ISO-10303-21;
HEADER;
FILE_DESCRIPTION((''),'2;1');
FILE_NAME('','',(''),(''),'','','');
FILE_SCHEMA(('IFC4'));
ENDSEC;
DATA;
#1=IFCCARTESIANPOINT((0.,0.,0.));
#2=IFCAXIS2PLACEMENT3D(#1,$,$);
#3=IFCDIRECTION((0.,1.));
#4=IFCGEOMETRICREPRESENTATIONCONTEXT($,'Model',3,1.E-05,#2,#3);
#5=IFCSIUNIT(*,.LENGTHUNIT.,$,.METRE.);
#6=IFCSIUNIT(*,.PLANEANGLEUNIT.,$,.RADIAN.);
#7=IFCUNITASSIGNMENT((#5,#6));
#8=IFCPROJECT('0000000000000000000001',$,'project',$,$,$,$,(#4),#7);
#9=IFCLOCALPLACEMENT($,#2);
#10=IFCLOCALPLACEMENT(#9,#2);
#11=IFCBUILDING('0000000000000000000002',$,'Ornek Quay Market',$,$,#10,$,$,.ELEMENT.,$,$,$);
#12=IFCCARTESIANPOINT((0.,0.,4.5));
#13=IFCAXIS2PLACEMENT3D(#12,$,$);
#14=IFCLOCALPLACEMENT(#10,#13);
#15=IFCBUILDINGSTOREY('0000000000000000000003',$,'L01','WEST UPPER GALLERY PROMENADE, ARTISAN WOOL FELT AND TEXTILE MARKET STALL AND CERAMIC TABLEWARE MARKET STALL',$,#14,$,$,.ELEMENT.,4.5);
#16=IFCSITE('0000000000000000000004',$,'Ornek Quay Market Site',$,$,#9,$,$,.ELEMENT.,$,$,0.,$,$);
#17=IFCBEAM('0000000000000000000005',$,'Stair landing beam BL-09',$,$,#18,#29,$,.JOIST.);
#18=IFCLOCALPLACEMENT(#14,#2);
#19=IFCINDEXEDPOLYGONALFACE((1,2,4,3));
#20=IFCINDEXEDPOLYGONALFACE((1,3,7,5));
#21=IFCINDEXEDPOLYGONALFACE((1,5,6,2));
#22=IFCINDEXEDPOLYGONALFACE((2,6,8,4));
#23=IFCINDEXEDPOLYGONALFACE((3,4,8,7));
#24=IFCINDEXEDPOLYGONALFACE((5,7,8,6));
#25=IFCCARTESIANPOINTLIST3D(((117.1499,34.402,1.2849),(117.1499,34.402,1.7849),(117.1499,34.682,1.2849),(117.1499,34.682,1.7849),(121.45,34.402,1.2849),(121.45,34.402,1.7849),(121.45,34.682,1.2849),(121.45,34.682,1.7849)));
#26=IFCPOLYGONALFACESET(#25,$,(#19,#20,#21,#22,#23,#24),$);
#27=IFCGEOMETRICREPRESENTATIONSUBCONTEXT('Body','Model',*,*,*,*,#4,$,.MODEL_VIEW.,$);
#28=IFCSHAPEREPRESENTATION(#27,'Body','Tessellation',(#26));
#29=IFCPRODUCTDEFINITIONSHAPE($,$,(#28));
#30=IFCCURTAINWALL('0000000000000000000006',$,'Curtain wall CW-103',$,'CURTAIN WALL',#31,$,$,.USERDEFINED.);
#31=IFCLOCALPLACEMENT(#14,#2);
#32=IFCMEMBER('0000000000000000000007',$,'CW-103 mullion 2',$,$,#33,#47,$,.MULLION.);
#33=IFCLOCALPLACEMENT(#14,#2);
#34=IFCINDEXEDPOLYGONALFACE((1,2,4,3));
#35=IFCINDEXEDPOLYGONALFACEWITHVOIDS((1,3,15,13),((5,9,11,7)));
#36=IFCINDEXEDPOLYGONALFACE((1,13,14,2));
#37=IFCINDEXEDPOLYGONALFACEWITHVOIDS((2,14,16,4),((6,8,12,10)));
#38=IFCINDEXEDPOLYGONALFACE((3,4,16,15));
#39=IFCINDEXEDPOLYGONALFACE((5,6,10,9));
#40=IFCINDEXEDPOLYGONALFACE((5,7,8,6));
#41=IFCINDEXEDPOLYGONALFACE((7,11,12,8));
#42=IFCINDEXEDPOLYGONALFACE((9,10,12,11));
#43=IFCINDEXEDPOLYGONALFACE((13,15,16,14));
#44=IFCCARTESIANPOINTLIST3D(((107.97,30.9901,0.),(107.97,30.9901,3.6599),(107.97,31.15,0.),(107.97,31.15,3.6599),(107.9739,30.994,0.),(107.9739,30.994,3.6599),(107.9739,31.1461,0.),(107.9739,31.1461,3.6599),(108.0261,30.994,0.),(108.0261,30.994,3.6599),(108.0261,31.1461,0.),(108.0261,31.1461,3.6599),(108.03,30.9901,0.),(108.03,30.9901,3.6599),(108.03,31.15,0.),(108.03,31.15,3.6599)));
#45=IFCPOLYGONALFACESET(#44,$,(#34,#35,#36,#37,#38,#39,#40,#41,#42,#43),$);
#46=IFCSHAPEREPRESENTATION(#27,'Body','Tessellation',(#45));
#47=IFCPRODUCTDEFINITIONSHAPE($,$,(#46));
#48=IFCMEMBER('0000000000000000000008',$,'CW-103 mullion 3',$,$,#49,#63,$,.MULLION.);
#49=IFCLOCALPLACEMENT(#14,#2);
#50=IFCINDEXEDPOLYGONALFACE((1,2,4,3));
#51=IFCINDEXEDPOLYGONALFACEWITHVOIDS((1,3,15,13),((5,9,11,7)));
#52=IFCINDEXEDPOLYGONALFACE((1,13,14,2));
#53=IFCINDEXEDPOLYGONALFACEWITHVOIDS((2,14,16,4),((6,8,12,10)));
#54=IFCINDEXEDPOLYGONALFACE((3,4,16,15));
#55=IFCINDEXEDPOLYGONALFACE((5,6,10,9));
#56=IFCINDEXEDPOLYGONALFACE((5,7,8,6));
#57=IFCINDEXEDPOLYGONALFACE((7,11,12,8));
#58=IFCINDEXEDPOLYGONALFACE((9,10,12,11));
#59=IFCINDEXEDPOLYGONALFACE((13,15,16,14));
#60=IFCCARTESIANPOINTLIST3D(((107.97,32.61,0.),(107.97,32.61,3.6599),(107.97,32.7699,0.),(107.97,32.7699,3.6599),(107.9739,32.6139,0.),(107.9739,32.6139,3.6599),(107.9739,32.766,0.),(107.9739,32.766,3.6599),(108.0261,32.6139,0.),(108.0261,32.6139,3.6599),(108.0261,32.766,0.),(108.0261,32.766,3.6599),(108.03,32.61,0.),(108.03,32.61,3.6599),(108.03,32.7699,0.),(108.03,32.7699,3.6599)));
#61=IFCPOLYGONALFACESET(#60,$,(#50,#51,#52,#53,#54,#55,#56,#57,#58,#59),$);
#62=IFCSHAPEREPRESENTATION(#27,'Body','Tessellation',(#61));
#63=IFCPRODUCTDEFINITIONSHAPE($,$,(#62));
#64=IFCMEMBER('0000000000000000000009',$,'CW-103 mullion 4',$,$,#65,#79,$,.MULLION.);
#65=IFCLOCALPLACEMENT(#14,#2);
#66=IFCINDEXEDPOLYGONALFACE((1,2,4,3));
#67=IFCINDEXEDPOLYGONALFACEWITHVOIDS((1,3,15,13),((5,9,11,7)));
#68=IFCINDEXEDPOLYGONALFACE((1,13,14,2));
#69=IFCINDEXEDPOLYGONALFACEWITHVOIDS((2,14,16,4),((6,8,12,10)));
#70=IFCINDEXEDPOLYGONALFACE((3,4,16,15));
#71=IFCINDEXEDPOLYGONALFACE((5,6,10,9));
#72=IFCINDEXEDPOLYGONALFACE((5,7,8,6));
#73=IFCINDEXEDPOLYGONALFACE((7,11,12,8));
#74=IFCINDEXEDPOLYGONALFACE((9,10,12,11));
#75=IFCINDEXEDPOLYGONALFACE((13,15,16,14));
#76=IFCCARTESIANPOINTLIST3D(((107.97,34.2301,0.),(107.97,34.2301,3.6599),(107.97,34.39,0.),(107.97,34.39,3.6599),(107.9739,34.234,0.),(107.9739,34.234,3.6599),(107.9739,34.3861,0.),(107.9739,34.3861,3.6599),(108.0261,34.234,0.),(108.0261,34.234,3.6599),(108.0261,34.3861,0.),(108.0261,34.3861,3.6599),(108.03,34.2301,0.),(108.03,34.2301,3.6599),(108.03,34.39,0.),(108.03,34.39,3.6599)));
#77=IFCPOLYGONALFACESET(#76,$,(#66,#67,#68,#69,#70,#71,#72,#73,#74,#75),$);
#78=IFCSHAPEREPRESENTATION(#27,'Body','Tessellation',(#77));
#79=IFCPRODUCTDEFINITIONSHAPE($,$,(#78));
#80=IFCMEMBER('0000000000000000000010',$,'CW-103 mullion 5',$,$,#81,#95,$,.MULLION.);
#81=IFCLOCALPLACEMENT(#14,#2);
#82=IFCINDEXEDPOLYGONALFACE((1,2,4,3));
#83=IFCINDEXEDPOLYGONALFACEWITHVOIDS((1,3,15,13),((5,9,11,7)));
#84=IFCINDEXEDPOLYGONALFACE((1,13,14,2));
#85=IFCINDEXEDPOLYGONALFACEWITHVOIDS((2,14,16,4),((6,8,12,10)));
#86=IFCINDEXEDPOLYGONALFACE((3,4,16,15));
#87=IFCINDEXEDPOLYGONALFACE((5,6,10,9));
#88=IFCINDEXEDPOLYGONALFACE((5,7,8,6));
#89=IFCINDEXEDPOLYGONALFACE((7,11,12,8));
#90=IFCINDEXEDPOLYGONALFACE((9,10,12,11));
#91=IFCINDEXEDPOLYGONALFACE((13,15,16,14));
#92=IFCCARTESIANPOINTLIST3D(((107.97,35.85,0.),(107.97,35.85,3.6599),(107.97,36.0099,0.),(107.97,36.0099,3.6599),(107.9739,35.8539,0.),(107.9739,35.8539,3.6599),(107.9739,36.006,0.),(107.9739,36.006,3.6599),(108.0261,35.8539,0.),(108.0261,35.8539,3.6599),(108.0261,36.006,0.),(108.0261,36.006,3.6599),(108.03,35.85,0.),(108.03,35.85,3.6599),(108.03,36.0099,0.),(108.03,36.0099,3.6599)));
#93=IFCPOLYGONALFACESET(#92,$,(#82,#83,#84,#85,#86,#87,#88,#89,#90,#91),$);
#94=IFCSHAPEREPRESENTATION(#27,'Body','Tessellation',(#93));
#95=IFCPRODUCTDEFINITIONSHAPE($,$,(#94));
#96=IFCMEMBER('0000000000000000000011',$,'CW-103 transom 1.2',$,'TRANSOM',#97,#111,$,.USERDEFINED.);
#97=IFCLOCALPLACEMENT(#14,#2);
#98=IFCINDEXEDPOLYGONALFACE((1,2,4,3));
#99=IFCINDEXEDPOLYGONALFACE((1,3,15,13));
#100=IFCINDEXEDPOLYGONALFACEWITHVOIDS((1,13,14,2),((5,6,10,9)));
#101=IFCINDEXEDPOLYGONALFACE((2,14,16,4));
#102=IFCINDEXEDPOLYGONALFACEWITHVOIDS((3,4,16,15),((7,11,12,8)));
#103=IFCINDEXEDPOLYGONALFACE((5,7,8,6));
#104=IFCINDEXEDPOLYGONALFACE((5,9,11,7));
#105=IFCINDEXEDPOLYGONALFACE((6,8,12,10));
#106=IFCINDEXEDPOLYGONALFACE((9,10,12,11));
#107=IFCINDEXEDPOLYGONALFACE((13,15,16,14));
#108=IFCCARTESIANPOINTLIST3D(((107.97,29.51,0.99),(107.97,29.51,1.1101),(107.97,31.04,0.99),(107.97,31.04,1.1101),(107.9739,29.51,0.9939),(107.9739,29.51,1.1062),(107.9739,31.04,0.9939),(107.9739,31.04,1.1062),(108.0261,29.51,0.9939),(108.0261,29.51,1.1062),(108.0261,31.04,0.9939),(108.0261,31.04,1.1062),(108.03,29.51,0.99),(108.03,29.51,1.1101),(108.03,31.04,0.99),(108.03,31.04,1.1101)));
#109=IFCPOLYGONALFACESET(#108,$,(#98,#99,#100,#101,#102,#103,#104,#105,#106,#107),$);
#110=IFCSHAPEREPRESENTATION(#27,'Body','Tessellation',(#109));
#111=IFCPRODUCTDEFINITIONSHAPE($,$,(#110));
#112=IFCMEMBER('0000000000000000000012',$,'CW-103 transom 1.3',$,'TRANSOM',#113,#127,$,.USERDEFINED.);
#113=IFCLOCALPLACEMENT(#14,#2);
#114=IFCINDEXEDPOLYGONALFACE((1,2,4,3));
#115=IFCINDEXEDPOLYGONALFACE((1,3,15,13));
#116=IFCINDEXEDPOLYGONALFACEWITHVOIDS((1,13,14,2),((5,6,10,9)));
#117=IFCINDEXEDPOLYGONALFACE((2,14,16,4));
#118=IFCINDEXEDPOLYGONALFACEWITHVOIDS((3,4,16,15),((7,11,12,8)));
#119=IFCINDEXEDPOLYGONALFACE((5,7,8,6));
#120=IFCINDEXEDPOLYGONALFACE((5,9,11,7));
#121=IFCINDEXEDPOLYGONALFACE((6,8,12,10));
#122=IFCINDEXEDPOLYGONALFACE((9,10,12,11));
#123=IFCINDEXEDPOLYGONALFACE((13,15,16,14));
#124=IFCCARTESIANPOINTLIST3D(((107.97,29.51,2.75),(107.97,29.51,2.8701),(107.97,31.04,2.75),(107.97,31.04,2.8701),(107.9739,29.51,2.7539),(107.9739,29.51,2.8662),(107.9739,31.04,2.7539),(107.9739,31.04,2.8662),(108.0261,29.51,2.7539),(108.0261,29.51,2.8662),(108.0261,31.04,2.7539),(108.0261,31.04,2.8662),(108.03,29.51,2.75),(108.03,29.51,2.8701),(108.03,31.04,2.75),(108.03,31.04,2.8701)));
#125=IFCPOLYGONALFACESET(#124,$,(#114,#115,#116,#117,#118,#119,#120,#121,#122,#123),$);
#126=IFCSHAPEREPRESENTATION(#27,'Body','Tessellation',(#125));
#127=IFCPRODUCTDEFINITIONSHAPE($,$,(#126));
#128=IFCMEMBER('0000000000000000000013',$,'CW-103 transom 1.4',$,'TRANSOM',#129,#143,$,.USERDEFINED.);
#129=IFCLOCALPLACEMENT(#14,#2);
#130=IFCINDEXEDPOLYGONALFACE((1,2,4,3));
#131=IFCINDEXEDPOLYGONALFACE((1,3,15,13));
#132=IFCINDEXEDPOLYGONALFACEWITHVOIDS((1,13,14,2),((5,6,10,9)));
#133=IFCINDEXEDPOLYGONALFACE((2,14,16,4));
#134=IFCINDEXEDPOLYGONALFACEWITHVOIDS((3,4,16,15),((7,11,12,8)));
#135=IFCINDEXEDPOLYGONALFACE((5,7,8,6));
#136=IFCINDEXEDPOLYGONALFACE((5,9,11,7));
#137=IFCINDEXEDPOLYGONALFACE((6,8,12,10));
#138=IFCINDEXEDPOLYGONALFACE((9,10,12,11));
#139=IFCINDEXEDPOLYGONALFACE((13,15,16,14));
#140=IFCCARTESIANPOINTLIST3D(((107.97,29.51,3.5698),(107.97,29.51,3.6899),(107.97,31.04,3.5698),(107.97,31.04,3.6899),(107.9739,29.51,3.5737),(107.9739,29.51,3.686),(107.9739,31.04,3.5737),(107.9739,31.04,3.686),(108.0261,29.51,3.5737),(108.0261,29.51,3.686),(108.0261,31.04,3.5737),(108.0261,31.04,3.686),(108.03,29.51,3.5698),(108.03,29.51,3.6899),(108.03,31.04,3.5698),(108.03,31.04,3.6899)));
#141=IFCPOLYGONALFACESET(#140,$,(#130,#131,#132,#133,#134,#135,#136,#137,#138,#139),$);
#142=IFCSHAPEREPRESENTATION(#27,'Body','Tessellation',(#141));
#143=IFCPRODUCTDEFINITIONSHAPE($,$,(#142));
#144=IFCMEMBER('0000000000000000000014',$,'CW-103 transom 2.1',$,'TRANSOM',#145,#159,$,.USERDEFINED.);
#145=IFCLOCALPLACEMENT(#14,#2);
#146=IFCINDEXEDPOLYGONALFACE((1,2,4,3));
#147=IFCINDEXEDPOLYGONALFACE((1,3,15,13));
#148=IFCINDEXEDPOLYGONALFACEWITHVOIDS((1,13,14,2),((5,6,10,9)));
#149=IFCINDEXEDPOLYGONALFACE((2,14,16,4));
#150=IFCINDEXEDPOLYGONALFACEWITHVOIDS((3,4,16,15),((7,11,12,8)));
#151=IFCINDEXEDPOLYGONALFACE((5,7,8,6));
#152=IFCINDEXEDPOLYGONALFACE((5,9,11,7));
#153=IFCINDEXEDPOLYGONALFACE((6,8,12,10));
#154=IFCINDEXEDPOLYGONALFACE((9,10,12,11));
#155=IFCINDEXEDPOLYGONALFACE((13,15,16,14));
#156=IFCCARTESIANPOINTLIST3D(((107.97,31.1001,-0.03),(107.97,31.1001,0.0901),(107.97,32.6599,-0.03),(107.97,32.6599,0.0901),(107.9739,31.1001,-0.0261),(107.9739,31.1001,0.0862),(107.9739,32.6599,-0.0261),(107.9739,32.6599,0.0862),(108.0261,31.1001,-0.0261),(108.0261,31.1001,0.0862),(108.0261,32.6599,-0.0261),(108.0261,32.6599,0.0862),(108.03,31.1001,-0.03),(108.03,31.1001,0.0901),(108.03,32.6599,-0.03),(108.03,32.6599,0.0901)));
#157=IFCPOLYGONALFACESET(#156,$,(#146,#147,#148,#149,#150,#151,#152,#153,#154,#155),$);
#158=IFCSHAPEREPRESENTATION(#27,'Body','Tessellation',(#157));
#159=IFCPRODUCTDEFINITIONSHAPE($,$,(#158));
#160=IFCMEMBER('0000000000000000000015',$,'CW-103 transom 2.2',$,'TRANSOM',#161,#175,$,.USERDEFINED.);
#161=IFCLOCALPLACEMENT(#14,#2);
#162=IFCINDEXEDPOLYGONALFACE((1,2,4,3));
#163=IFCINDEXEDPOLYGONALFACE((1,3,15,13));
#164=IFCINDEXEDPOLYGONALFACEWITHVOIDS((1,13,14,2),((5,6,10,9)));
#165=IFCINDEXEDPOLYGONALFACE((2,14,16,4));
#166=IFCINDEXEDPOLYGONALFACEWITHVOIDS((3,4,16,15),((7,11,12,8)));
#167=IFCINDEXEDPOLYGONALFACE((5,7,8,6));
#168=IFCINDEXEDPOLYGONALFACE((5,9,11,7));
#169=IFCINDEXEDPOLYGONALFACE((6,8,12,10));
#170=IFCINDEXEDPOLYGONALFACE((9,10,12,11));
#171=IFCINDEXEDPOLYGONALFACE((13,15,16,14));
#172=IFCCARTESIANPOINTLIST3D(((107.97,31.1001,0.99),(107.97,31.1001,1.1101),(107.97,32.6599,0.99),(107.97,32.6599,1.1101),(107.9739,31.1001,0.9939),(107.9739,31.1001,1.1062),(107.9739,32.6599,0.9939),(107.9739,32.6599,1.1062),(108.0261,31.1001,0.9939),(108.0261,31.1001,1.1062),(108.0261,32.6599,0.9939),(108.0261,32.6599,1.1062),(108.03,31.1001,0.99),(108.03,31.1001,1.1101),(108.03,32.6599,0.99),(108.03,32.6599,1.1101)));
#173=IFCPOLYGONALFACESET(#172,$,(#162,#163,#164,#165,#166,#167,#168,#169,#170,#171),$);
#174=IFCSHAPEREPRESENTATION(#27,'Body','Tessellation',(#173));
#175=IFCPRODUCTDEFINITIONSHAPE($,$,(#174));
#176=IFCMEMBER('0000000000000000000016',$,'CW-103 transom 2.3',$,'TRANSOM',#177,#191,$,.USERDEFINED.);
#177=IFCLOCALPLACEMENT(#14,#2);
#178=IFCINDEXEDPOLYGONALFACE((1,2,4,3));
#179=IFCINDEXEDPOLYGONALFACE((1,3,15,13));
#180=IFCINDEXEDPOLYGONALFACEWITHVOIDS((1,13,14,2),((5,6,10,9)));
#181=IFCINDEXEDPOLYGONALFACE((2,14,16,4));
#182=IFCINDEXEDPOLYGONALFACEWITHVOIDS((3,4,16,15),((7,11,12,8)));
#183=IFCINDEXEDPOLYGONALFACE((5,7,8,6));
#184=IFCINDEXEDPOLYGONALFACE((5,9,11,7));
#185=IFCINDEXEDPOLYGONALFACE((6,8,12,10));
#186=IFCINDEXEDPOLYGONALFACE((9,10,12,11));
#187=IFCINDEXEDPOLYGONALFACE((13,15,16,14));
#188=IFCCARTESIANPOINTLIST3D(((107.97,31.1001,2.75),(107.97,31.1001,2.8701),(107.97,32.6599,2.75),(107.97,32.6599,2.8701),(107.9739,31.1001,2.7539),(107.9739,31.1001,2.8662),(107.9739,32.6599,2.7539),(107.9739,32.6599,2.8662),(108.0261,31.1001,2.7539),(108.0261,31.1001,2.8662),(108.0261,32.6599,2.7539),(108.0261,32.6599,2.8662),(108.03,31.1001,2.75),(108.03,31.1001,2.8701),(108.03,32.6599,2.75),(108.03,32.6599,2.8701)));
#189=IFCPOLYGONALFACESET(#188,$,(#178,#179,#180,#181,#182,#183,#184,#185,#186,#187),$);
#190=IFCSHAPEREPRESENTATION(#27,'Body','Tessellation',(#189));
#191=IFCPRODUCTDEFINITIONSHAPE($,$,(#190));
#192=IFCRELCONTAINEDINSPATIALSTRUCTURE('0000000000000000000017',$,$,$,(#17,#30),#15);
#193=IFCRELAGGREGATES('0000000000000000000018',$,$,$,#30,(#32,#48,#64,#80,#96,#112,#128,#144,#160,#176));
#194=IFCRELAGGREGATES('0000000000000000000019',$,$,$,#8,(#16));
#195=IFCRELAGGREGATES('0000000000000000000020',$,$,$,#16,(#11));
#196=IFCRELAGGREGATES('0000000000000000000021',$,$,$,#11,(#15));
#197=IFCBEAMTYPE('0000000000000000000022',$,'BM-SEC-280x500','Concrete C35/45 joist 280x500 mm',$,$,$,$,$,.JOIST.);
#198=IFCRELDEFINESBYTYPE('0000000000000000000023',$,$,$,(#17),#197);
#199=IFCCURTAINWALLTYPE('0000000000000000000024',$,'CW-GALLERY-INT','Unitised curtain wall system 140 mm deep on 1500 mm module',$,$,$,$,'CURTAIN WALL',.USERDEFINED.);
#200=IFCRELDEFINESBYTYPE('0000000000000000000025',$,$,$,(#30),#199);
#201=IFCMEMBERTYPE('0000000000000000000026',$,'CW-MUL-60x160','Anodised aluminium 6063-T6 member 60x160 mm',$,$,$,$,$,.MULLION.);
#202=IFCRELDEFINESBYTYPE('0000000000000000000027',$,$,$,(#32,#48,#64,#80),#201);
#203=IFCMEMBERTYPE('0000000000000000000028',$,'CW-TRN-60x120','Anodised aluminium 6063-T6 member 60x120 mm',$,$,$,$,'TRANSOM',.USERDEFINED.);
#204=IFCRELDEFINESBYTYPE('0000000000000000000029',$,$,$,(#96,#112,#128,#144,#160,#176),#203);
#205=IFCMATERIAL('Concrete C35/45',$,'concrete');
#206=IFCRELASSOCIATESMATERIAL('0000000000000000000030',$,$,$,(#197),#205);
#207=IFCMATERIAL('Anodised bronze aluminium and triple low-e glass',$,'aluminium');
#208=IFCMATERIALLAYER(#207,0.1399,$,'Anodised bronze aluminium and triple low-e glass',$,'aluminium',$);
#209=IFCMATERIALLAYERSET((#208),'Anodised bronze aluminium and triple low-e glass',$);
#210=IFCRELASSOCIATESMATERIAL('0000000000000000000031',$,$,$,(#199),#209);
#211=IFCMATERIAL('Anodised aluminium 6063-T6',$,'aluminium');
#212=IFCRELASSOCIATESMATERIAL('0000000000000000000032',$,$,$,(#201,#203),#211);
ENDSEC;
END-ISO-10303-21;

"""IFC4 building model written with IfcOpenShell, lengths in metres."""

from ifc_helpers import new_model, si_unit, direction, frame, origin, origin_2d, place, context, subcontext, project, spatial, rectangle, hollow_rectangle, extrude, material, layer, layer_set, material_profile, profile_set, type_object, element, aggregate, save


model = new_model("IFC4")

# Units and contexts
model_context = context("Model", 3, precision=1e-05, world=origin(), true_north=direction((0.0, 1.0)))
body_context = subcontext(model_context, "Body", "Model", "MODEL_VIEW")
ifc_project = project(units=[si_unit("LENGTHUNIT", "METRE"), si_unit("PLANEANGLEUNIT", "RADIAN")], contexts=[model_context])

# Site, building, storey
site_placement = place(None, origin())
site = spatial("IfcSite", under=ifc_project, at=site_placement, Name="Ornek Quay Market Site", CompositionType="ELEMENT", RefElevation=0.0)
building_placement = place(site_placement, origin())
building = spatial("IfcBuilding", under=site, at=building_placement, Name="Ornek Quay Market", CompositionType="ELEMENT")
storey_placement = place(building_placement, frame((0.0, 0.0, 4.5)))
storey = spatial("IfcBuildingStorey", under=building, at=storey_placement, Name="L01", Description="WEST UPPER GALLERY PROMENADE, ARTISAN WOOL FELT AND TEXTILE MARKET STALL AND CERAMIC TABLEWARE MARKET STALL", CompositionType="ELEMENT", Elevation=4.5)

# Beam
ifc_material_1 = material(Name="Concrete C35/45", Category="concrete")
ifc_material_profile_1 = material_profile(ifc_material_1, rectangle(XDim=0.28, YDim=0.5, at=origin_2d()), Name="RC 280x500", Category="concrete")
ifc_profile_set_1 = profile_set([ifc_material_profile_1], Name="Concrete C35/45")
beam_type = type_object("IfcBeamType", Name="BM-SEC-280x500", Description="Concrete C35/45 joist 280x500 mm", PredefinedType="JOIST", material=ifc_profile_set_1)
beam_placement = place(storey_placement, frame((117.1499, 34.542, 1.5349), z_axis=(1.0, 0.0, 0.0), x_axis=(0.0, 1.0, 0.0)))
element("IfcBeam", 1, at=beam_placement, inside=storey, type_object=beam_type, Name="Stair landing beam BL-09", PredefinedType="JOIST", context=body_context, shape_type="SweptSolid", body=[
    extrude(rectangle(XDim=0.28, YDim=0.5, at=origin_2d()), origin(), (0.0, 0.0, 1.0), 4.3),
])

# Curtain wall, members
ifc_material_2 = material(Name="Anodised bronze aluminium and triple low-e glass", Category="aluminium")
ifc_layer_1 = layer(ifc_material_2, 0.1399, Name="Anodised bronze aluminium and triple low-e glass", Category="aluminium")
ifc_layer_set_1 = layer_set([ifc_layer_1], Name="Anodised bronze aluminium and triple low-e glass")
curtain_wall_type = type_object("IfcCurtainWallType", Name="CW-GALLERY-INT", Description="Unitised curtain wall system 140 mm deep on 1500 mm module", ElementType="CURTAIN WALL", PredefinedType="USERDEFINED", material=ifc_layer_set_1)
curtain_wall_placement = place(storey_placement, origin())
curtain_wall = element("IfcCurtainWall", 2, at=curtain_wall_placement, inside=storey, type_object=curtain_wall_type, Name="Curtain wall CW-103", ObjectType="CURTAIN WALL", PredefinedType="USERDEFINED")
ifc_material_3 = material(Name="Anodised aluminium 6063-T6", Category="aluminium")
ifc_material_profile_2 = material_profile(ifc_material_3, hollow_rectangle(XDim=0.0601, YDim=0.1599, WallThickness=0.0039, at=origin_2d()), Name="CW-MUL-60x160", Category="aluminium")
ifc_profile_set_2 = profile_set([ifc_material_profile_2], Name="Anodised aluminium 6063-T6")
member_type_1 = type_object("IfcMemberType", Name="CW-MUL-60x160", Description="Anodised aluminium 6063-T6 member 60x160 mm", PredefinedType="MULLION", material=ifc_profile_set_2)
member_1_placement = place(storey_placement, frame((108.0, 31.0701, 0.0), z_axis=(0.0, 0.0, 1.0), x_axis=(-1.0, 0.0, 0.0)))
member_1 = element("IfcMember", 3, at=member_1_placement, type_object=member_type_1, Name="CW-103 mullion 2", PredefinedType="MULLION", context=body_context, shape_type="SweptSolid", body=[
    extrude(hollow_rectangle(XDim=0.0601, YDim=0.1599, WallThickness=0.0039, at=origin_2d()), origin(), (0.0, 0.0, 1.0), 3.6599),
])
member_2_placement = place(storey_placement, frame((108.0, 32.6899, 0.0), z_axis=(0.0, 0.0, 1.0), x_axis=(-1.0, 0.0, 0.0)))
member_2 = element("IfcMember", 4, at=member_2_placement, type_object=member_type_1, Name="CW-103 mullion 3", PredefinedType="MULLION", context=body_context, shape_type="SweptSolid", body=[
    extrude(hollow_rectangle(XDim=0.0601, YDim=0.1599, WallThickness=0.0039, at=origin_2d()), origin(), (0.0, 0.0, 1.0), 3.6599),
])
member_3_placement = place(storey_placement, frame((108.0, 34.3101, 0.0), z_axis=(0.0, 0.0, 1.0), x_axis=(-1.0, 0.0, 0.0)))
member_3 = element("IfcMember", 5, at=member_3_placement, type_object=member_type_1, Name="CW-103 mullion 4", PredefinedType="MULLION", context=body_context, shape_type="SweptSolid", body=[
    extrude(hollow_rectangle(XDim=0.0601, YDim=0.1599, WallThickness=0.0039, at=origin_2d()), origin(), (0.0, 0.0, 1.0), 3.6599),
])
member_4_placement = place(storey_placement, frame((108.0, 35.9299, 0.0), z_axis=(0.0, 0.0, 1.0), x_axis=(-1.0, 0.0, 0.0)))
member_4 = element("IfcMember", 6, at=member_4_placement, type_object=member_type_1, Name="CW-103 mullion 5", PredefinedType="MULLION", context=body_context, shape_type="SweptSolid", body=[
    extrude(hollow_rectangle(XDim=0.0601, YDim=0.1599, WallThickness=0.0039, at=origin_2d()), origin(), (0.0, 0.0, 1.0), 3.6599),
])
ifc_material_profile_3 = material_profile(ifc_material_3, hollow_rectangle(XDim=0.0601, YDim=0.1201, WallThickness=0.0039, at=origin_2d()), Name="CW-TRN-60x120", Category="aluminium")
ifc_profile_set_3 = profile_set([ifc_material_profile_3], Name="Anodised aluminium 6063-T6")
member_type_2 = type_object("IfcMemberType", Name="CW-TRN-60x120", Description="Anodised aluminium 6063-T6 member 60x120 mm", ElementType="TRANSOM", PredefinedType="USERDEFINED", material=ifc_profile_set_3)
member_5_placement = place(storey_placement, frame((108.0, 29.51, 1.05), z_axis=(0.0, 1.0, 0.0), x_axis=(-1.0, 0.0, 0.0)))
member_5 = element("IfcMember", 7, at=member_5_placement, type_object=member_type_2, Name="CW-103 transom 1.2", ObjectType="TRANSOM", PredefinedType="USERDEFINED", context=body_context, shape_type="SweptSolid", body=[
    extrude(hollow_rectangle(XDim=0.0601, YDim=0.1201, WallThickness=0.0039, at=origin_2d()), origin(), (0.0, 0.0, 1.0), 1.53),
])
member_6_placement = place(storey_placement, frame((108.0, 29.51, 2.8101), z_axis=(0.0, 1.0, 0.0), x_axis=(-1.0, 0.0, 0.0)))
member_6 = element("IfcMember", 8, at=member_6_placement, type_object=member_type_2, Name="CW-103 transom 1.3", ObjectType="TRANSOM", PredefinedType="USERDEFINED", context=body_context, shape_type="SweptSolid", body=[
    extrude(hollow_rectangle(XDim=0.0601, YDim=0.1201, WallThickness=0.0039, at=origin_2d()), origin(), (0.0, 0.0, 1.0), 1.53),
])
member_7_placement = place(storey_placement, frame((108.0, 29.51, 3.6299), z_axis=(0.0, 1.0, 0.0), x_axis=(-1.0, 0.0, 0.0)))
member_7 = element("IfcMember", 9, at=member_7_placement, type_object=member_type_2, Name="CW-103 transom 1.4", ObjectType="TRANSOM", PredefinedType="USERDEFINED", context=body_context, shape_type="SweptSolid", body=[
    extrude(hollow_rectangle(XDim=0.0601, YDim=0.1201, WallThickness=0.0039, at=origin_2d()), origin(), (0.0, 0.0, 1.0), 1.53),
])
member_8_placement = place(storey_placement, frame((108.0, 31.1001, 0.03), z_axis=(0.0, 1.0, 0.0), x_axis=(-1.0, 0.0, 0.0)))
member_8 = element("IfcMember", 10, at=member_8_placement, type_object=member_type_2, Name="CW-103 transom 2.1", ObjectType="TRANSOM", PredefinedType="USERDEFINED", context=body_context, shape_type="SweptSolid", body=[
    extrude(hollow_rectangle(XDim=0.0601, YDim=0.1201, WallThickness=0.0039, at=origin_2d()), origin(), (0.0, 0.0, 1.0), 1.5598),
])
member_9_placement = place(storey_placement, frame((108.0, 31.1001, 1.05), z_axis=(0.0, 1.0, 0.0), x_axis=(-1.0, 0.0, 0.0)))
member_9 = element("IfcMember", 11, at=member_9_placement, type_object=member_type_2, Name="CW-103 transom 2.2", ObjectType="TRANSOM", PredefinedType="USERDEFINED", context=body_context, shape_type="SweptSolid", body=[
    extrude(hollow_rectangle(XDim=0.0601, YDim=0.1201, WallThickness=0.0039, at=origin_2d()), origin(), (0.0, 0.0, 1.0), 1.5598),
])
member_10_placement = place(storey_placement, frame((108.0, 31.1001, 2.8101), z_axis=(0.0, 1.0, 0.0), x_axis=(-1.0, 0.0, 0.0)))
member_10 = element("IfcMember", 12, at=member_10_placement, type_object=member_type_2, Name="CW-103 transom 2.3", ObjectType="TRANSOM", PredefinedType="USERDEFINED", context=body_context, shape_type="SweptSolid", body=[
    extrude(hollow_rectangle(XDim=0.0601, YDim=0.1201, WallThickness=0.0039, at=origin_2d()), origin(), (0.0, 0.0, 1.0), 1.5598),
])
aggregate(curtain_wall, [member_1, member_2, member_3, member_4, member_5, member_6, member_7, member_8, member_9, member_10])

save(model, "model.ifc")
